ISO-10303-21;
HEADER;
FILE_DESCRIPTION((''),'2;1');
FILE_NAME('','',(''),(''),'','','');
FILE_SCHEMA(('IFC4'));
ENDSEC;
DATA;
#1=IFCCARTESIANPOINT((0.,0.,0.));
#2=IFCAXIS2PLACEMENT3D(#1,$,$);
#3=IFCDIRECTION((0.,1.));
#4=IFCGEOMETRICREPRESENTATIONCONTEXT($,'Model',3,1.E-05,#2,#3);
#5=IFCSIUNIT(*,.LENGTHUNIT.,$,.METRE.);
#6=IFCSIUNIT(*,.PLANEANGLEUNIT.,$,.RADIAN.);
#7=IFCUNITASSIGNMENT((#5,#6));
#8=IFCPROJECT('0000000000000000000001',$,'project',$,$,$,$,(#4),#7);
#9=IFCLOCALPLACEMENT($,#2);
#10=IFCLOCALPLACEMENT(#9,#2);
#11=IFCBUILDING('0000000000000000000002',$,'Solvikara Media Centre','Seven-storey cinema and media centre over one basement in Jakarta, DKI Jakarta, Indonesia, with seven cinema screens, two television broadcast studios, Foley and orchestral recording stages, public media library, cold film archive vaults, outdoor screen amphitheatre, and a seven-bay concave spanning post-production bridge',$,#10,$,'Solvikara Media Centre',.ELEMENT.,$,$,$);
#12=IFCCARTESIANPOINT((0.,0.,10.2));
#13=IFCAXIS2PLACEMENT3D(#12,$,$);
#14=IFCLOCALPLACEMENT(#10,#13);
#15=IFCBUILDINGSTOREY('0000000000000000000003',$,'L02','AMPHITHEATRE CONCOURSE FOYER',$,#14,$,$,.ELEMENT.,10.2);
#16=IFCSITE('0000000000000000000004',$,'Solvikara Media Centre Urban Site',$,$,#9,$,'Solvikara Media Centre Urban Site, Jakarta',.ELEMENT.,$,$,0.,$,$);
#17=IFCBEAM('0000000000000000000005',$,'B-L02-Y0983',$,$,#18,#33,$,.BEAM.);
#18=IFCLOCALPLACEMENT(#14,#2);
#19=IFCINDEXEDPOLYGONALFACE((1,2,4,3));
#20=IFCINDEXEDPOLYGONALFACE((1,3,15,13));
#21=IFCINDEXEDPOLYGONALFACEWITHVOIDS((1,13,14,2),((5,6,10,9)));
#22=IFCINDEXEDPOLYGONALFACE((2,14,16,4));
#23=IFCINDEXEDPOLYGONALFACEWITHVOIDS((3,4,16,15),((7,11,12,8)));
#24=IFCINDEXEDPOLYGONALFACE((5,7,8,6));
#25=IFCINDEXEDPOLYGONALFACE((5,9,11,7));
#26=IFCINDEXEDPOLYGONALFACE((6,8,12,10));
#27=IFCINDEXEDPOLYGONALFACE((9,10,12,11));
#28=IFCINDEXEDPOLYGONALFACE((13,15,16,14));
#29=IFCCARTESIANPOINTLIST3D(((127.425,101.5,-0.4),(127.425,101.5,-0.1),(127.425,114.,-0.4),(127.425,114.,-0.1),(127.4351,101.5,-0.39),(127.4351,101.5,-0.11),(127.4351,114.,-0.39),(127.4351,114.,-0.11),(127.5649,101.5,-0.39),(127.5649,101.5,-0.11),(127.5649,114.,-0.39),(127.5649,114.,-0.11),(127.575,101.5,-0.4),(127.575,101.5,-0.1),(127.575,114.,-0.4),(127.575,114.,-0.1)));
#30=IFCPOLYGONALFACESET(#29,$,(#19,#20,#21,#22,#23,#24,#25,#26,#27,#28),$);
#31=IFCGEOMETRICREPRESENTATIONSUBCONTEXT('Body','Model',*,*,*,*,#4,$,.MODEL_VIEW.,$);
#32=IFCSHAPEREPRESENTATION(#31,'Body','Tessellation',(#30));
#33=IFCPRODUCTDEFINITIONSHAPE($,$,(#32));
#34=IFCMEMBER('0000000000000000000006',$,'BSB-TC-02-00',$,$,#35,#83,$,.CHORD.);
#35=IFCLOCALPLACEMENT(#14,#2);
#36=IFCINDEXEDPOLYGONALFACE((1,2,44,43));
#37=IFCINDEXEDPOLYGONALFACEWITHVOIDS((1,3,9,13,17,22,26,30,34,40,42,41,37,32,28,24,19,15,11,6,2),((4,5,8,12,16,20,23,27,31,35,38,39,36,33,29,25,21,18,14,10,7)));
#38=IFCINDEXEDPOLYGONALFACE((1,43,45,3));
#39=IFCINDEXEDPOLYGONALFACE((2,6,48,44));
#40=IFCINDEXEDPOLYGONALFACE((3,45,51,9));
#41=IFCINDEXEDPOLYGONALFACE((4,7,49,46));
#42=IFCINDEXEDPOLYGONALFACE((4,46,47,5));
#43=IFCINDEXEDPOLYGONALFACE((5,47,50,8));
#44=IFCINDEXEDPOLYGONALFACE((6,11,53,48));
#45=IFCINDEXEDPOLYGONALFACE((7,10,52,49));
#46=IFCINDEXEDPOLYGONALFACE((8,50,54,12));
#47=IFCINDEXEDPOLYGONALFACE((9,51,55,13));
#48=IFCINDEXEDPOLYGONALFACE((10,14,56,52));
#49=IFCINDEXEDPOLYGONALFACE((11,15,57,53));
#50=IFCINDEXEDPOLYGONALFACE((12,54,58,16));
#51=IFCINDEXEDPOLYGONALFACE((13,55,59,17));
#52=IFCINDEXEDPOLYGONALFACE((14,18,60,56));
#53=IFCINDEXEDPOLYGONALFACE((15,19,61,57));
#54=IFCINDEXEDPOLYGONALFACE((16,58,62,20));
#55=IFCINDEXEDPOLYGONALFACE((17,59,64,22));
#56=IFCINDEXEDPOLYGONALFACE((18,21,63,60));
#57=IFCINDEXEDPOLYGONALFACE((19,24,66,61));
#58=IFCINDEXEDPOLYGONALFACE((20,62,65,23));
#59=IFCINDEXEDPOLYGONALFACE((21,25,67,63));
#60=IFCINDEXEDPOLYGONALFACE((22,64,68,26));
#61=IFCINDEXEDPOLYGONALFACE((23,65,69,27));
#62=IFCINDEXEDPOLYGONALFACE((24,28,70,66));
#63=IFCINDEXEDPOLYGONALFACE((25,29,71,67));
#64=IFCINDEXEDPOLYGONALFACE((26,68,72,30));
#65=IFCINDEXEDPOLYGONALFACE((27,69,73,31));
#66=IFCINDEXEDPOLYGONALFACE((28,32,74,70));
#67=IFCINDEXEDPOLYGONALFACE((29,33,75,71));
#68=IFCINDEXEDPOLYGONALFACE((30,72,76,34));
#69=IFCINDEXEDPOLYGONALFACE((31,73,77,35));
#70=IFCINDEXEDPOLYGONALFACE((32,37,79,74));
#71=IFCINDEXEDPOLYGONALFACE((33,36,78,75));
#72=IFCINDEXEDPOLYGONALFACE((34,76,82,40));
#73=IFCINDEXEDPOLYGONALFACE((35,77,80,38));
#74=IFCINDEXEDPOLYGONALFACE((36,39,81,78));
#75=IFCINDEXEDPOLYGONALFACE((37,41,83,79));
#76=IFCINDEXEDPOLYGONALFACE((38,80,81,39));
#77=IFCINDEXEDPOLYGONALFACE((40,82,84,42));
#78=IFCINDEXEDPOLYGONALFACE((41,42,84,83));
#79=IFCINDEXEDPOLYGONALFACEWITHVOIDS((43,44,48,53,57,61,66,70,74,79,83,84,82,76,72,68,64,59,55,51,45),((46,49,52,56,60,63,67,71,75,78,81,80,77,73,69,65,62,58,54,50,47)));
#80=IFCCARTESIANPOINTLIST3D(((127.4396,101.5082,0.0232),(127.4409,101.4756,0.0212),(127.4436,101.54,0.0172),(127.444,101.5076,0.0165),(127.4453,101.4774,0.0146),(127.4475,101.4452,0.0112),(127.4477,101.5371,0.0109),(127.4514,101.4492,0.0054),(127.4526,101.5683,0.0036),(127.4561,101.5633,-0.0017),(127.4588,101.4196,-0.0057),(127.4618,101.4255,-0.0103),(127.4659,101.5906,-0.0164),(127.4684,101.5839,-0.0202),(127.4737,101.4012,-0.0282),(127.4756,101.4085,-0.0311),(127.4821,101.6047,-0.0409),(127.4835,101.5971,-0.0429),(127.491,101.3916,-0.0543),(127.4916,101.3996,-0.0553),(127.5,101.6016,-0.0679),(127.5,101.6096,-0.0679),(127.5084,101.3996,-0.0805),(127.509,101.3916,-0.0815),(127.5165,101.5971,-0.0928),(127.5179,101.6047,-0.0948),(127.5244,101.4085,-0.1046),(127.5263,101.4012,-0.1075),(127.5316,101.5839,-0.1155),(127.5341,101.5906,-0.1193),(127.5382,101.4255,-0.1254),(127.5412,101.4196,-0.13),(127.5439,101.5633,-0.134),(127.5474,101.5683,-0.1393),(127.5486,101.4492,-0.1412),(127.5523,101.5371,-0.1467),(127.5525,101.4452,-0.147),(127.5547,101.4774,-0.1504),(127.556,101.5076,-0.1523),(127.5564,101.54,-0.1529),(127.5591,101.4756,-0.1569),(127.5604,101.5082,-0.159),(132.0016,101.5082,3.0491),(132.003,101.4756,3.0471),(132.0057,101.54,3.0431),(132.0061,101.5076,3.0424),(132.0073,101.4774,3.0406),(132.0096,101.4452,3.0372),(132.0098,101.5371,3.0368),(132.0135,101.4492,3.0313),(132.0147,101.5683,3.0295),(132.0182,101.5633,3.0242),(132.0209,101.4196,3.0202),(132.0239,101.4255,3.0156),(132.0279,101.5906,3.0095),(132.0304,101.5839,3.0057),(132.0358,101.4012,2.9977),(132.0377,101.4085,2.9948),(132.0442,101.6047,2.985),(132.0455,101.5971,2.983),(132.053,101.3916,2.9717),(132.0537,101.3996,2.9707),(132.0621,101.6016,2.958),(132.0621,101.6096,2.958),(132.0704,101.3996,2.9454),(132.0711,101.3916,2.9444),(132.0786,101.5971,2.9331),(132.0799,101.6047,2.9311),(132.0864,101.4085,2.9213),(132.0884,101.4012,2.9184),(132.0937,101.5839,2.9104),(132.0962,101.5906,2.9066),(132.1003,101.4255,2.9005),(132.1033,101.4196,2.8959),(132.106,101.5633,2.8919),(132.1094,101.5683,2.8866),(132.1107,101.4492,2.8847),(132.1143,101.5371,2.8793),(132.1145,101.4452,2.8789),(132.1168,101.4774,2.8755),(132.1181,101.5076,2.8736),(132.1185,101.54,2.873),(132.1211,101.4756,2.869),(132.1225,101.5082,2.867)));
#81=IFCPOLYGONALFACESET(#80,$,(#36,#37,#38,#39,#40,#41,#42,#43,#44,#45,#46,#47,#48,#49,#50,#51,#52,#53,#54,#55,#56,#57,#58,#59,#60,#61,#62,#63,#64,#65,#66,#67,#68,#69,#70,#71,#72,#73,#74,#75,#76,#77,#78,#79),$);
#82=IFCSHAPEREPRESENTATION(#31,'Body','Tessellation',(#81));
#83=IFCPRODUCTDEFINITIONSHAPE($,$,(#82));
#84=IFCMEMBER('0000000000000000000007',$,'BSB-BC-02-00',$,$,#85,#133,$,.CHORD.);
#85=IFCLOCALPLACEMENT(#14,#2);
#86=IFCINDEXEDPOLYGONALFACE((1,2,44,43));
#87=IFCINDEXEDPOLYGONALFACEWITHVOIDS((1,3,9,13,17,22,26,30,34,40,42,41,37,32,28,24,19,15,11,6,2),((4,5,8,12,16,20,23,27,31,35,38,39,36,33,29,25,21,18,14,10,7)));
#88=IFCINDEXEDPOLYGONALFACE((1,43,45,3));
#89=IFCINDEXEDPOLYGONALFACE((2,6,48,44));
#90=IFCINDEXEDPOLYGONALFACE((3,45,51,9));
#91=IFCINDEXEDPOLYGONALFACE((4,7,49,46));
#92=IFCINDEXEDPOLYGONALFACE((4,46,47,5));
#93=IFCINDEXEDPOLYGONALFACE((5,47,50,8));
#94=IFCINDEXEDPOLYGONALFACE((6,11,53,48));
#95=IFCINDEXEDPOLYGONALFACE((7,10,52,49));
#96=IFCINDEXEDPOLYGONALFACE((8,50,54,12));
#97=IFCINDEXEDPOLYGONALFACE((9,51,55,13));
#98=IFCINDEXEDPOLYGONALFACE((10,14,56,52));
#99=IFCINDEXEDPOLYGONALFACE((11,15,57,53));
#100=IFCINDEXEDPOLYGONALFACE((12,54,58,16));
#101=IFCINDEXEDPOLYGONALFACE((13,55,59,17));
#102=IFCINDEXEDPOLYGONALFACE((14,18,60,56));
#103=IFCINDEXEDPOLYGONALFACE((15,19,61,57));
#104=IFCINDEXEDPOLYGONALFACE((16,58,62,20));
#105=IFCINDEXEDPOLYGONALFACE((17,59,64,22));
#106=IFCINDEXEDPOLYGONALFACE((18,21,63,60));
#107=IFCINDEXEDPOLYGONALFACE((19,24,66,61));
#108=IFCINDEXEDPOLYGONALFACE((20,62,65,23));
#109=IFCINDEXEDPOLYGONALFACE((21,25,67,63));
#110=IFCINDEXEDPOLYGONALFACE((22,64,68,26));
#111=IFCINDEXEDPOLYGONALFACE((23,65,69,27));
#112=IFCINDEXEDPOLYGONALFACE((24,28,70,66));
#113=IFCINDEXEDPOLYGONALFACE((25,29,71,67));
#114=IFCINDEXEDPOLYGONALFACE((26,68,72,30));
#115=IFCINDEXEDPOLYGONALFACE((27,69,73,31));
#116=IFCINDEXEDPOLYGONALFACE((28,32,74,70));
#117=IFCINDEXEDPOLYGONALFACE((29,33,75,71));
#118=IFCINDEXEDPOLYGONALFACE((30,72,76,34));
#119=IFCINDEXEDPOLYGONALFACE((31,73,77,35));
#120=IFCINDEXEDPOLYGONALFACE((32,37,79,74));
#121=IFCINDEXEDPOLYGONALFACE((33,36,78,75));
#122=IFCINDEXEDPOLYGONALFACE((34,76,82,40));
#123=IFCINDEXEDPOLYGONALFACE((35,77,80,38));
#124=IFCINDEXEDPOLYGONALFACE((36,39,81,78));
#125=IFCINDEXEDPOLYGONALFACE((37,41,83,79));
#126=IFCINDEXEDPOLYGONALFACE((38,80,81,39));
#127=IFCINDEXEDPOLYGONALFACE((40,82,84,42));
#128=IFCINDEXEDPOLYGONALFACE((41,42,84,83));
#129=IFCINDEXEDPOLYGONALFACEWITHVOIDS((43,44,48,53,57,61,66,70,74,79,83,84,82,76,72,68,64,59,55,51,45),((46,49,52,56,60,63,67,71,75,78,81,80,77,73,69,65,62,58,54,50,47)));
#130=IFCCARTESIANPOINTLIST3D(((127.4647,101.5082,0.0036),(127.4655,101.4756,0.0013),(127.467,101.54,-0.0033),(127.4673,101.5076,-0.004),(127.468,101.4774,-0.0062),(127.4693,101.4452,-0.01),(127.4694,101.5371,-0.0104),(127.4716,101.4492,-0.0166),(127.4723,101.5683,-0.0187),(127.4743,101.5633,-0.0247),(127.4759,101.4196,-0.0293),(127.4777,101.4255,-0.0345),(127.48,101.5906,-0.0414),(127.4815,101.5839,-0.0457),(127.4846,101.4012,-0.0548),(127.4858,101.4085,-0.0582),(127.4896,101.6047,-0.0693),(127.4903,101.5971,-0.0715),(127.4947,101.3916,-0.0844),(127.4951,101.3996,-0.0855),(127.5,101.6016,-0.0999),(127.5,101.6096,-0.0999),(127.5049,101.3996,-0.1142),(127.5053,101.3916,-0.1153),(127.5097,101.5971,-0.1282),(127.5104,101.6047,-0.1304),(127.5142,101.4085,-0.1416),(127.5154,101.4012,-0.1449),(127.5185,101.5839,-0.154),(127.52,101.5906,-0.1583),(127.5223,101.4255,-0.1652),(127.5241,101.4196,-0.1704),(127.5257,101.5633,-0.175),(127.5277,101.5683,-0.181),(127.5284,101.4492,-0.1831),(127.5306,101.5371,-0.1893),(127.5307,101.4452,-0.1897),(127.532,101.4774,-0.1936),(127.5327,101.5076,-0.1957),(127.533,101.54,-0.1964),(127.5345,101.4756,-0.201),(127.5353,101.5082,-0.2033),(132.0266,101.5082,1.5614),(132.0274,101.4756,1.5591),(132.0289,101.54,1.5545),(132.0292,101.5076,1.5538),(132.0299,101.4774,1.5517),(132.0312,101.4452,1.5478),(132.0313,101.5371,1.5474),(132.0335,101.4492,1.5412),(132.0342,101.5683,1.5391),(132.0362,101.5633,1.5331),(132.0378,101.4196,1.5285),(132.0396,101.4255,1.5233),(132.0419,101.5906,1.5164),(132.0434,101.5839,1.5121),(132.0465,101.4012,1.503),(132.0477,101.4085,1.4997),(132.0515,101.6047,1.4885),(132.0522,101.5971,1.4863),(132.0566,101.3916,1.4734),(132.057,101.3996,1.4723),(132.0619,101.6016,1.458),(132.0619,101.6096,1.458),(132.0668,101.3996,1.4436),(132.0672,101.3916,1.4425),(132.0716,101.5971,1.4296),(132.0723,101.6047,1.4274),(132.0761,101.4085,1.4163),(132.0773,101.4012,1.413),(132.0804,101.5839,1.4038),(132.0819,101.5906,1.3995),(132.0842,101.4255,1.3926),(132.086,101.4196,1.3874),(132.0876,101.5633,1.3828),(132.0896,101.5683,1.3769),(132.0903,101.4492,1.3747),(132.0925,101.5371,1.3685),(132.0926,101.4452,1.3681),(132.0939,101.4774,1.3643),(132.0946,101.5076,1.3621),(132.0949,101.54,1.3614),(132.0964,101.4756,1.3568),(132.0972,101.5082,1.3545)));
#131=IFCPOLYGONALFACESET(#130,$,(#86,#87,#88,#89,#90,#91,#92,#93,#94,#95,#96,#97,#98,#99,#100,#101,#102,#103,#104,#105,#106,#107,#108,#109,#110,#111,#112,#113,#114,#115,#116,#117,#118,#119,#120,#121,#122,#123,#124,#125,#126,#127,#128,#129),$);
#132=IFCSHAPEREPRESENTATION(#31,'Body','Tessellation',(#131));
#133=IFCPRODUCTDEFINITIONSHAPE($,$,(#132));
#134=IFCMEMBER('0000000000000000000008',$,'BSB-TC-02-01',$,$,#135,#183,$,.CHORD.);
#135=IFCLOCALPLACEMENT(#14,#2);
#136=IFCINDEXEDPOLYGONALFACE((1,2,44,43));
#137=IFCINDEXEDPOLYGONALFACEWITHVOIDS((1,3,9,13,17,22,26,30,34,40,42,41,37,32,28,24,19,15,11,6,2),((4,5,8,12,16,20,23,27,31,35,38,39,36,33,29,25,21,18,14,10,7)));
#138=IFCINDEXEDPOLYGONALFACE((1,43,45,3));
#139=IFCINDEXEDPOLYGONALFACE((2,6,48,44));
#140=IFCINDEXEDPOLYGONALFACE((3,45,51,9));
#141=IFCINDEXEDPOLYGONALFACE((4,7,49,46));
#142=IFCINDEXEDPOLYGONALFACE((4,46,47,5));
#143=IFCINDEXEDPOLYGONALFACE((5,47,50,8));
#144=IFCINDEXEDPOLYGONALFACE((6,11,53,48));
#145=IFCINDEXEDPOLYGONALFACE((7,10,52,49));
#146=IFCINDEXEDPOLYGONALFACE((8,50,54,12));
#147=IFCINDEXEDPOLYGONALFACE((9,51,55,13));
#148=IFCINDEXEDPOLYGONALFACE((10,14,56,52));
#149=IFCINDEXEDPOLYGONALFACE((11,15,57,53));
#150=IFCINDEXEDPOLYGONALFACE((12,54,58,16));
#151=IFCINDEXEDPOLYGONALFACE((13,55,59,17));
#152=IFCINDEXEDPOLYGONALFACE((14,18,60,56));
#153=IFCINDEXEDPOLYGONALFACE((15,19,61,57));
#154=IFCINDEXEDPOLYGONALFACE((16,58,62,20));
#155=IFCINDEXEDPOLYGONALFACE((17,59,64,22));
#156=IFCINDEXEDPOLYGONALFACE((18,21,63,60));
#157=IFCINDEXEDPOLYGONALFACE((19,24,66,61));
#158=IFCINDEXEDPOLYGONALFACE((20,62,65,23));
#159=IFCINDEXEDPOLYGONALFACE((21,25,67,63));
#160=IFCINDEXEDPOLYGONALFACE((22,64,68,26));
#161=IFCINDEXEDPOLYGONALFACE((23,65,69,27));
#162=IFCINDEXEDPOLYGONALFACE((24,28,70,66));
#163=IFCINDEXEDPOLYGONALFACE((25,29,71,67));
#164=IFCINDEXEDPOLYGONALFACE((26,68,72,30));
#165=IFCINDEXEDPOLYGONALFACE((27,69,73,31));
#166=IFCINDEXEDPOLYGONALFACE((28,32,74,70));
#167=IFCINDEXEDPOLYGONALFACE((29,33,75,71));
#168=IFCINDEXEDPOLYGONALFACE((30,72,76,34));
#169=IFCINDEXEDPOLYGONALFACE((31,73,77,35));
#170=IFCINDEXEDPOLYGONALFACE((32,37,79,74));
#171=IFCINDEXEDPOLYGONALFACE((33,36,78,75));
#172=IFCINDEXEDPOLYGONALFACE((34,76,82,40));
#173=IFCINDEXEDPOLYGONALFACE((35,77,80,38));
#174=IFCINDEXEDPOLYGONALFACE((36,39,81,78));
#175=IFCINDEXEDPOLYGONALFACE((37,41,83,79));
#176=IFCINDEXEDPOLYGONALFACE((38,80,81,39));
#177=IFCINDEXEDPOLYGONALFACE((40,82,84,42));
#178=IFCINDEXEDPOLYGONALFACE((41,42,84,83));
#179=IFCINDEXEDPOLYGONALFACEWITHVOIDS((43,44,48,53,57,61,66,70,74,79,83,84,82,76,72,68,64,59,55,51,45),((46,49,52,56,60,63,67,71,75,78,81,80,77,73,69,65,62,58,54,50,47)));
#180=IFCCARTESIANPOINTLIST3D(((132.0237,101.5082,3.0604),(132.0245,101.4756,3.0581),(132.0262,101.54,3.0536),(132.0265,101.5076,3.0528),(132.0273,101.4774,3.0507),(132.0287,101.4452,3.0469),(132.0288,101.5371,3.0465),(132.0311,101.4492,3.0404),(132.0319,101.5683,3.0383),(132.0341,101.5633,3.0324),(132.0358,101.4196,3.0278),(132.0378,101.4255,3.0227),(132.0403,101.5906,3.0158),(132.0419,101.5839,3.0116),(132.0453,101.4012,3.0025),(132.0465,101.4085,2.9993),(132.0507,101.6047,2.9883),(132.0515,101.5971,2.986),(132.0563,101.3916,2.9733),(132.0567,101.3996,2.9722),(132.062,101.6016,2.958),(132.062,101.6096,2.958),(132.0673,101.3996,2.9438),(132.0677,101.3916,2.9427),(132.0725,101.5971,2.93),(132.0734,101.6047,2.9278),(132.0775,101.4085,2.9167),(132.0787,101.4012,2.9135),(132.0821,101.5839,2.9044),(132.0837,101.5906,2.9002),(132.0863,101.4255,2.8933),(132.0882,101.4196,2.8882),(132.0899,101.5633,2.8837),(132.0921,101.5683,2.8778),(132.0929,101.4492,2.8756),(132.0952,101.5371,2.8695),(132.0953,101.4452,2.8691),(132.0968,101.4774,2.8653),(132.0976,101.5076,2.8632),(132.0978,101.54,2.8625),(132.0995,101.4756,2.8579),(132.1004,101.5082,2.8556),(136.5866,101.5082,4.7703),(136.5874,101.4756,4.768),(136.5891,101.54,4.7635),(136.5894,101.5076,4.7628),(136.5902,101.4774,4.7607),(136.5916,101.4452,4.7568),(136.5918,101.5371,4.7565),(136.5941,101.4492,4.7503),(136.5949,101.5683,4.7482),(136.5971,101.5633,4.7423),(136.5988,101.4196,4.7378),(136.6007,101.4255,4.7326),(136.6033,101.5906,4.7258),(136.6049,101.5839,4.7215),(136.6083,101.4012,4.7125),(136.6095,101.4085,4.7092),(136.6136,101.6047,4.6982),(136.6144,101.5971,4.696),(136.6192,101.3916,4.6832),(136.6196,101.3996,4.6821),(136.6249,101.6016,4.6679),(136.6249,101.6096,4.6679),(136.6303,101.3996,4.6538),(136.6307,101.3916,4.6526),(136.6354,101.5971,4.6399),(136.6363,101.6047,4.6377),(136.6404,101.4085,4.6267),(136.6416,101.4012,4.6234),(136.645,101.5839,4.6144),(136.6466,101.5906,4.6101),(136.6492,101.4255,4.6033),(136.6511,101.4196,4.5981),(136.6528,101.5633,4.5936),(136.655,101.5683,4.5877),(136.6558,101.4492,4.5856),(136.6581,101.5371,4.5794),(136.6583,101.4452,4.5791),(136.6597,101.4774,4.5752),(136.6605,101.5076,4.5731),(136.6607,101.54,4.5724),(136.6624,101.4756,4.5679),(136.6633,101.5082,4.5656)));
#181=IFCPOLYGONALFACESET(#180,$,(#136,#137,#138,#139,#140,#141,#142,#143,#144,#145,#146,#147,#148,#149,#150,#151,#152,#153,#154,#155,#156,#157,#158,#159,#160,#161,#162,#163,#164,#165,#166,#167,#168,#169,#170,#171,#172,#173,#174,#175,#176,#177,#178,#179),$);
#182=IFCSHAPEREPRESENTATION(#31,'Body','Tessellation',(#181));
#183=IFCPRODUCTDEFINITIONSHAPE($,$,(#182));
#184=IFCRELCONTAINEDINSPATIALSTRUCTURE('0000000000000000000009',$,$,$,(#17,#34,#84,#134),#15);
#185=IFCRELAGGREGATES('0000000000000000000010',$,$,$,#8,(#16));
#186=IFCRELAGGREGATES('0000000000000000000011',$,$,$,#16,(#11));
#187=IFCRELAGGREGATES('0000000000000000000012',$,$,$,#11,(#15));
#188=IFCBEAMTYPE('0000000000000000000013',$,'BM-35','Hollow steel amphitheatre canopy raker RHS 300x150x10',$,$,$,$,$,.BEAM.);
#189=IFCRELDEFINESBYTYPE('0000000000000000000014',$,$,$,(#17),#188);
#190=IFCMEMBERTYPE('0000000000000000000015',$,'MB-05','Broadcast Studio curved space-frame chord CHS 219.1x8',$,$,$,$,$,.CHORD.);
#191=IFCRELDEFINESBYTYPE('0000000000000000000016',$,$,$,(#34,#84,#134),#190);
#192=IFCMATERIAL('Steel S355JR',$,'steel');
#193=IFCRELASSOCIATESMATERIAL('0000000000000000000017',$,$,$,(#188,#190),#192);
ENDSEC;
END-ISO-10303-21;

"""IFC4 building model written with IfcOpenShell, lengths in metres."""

from ifc_helpers import new_model, si_unit, direction, frame, origin, origin_2d, place, context, subcontext, project, spatial, hollow_rectangle, hollow_circle, extrude, material, material_profile, profile_set, type_object, element, save


model = new_model("IFC4")

# Units and contexts
model_context = context("Model", 3, precision=1e-05, world=origin(), true_north=direction((0.0, 1.0)))
body_context = subcontext(model_context, "Body", "Model", "MODEL_VIEW")
ifc_project = project(units=[si_unit("LENGTHUNIT", "METRE"), si_unit("PLANEANGLEUNIT", "RADIAN")], contexts=[model_context])

# Site, building, storey
site_placement = place(None, origin())
site = spatial("IfcSite", under=ifc_project, at=site_placement, Name="Solvikara Media Centre Urban Site", LongName="Solvikara Media Centre Urban Site, Jakarta", CompositionType="ELEMENT", RefElevation=0.0)
building_placement = place(site_placement, origin())
building = spatial("IfcBuilding", under=site, at=building_placement, Name="Solvikara Media Centre", Description="Seven-storey cinema and media centre over one basement in Jakarta, DKI Jakarta, Indonesia, with seven cinema screens, two television broadcast studios, Foley and orchestral recording stages, public media library, cold film archive vaults, outdoor screen amphitheatre, and a seven-bay concave spanning post-production bridge", LongName="Solvikara Media Centre", CompositionType="ELEMENT")
storey_placement = place(building_placement, frame((0.0, 0.0, 10.2)))
storey = spatial("IfcBuildingStorey", under=building, at=storey_placement, Name="L02", Description="AMPHITHEATRE CONCOURSE FOYER", CompositionType="ELEMENT", Elevation=10.2)

# Beam
ifc_material_1 = material(Name="Steel S355JR", Category="steel")
ifc_material_profile_1 = material_profile(ifc_material_1, hollow_rectangle(XDim=0.1499, YDim=0.3, WallThickness=0.01, at=origin_2d()), Name="RHS 300x150x10")
ifc_profile_set_1 = profile_set([ifc_material_profile_1], Name="Steel S355JR")
beam_type = type_object("IfcBeamType", Name="BM-35", Description="Hollow steel amphitheatre canopy raker RHS 300x150x10", PredefinedType="BEAM", material=ifc_profile_set_1)
beam_placement = place(storey_placement, frame((127.5, 101.5, -0.25), z_axis=(0.0, 1.0, 0.0), x_axis=(-1.0, 0.0, 0.0)))
element("IfcBeam", 1, at=beam_placement, inside=storey, type_object=beam_type, Name="B-L02-Y0983", PredefinedType="BEAM", context=body_context, shape_type="SweptSolid", body=[
    extrude(hollow_rectangle(XDim=0.1499, YDim=0.3, WallThickness=0.01, at=origin_2d()), origin(), (0.0, 0.0, 1.0), 12.5),
])

# Members
ifc_material_profile_2 = material_profile(ifc_material_1, hollow_circle(Radius=0.1096, WallThickness=0.0081, at=origin_2d()), Name="CHS 219.1x8")
ifc_profile_set_2 = profile_set([ifc_material_profile_2], Name="Steel S355JR")
member_type_1 = type_object("IfcMemberType", Name="MB-05", Description="Broadcast Studio curved space-frame chord CHS 219.1x8", PredefinedType="CHORD", material=ifc_profile_set_2)
member_1_placement = place(storey_placement, frame((127.5, 101.5, -0.0679), z_axis=(0.833352, 0.0, 0.552743), x_axis=(0.0, 1.0, 0.0)))
element("IfcMember", 2, at=member_1_placement, inside=storey, type_object=member_type_1, Name="BSB-TC-02-00", PredefinedType="CHORD", context=body_context, shape_type="SweptSolid", body=[
    extrude(hollow_circle(Radius=0.1096, WallThickness=0.0081, at=origin_2d()), origin(), (0.0, 0.0, 1.0), 5.4744),
])
member_2_placement = place(storey_placement, frame((127.5, 101.5, -0.0999), z_axis=(0.946343, 0.0, 0.323163), x_axis=(0.0, 1.0, 0.0)))
element("IfcMember", 3, at=member_2_placement, inside=storey, type_object=member_type_1, Name="BSB-BC-02-00", PredefinedType="CHORD", context=body_context, shape_type="SweptSolid", body=[
    extrude(hollow_circle(Radius=0.1096, WallThickness=0.0081, at=origin_2d()), origin(), (0.0, 0.0, 1.0), 4.8206),
])
for number, where, z_axis, x_axis, name in (
    (4, (132.062, 101.5, 2.958), (0.936407, 0.0, 0.350915), (0.0, 1.0, 0.0), "BSB-TC-02-01"),
):
    element("IfcMember", number, at=place(storey_placement, frame(where, z_axis=z_axis, x_axis=x_axis)), inside=storey, type_object=member_type_1, Name=name, PredefinedType="CHORD", context=body_context, shape_type="SweptSolid", body=[
        extrude(hollow_circle(Radius=0.1096, WallThickness=0.0081, at=origin_2d()), origin(), (0.0, 0.0, 1.0), 4.8728),
    ])

save(model, "model.ifc")
